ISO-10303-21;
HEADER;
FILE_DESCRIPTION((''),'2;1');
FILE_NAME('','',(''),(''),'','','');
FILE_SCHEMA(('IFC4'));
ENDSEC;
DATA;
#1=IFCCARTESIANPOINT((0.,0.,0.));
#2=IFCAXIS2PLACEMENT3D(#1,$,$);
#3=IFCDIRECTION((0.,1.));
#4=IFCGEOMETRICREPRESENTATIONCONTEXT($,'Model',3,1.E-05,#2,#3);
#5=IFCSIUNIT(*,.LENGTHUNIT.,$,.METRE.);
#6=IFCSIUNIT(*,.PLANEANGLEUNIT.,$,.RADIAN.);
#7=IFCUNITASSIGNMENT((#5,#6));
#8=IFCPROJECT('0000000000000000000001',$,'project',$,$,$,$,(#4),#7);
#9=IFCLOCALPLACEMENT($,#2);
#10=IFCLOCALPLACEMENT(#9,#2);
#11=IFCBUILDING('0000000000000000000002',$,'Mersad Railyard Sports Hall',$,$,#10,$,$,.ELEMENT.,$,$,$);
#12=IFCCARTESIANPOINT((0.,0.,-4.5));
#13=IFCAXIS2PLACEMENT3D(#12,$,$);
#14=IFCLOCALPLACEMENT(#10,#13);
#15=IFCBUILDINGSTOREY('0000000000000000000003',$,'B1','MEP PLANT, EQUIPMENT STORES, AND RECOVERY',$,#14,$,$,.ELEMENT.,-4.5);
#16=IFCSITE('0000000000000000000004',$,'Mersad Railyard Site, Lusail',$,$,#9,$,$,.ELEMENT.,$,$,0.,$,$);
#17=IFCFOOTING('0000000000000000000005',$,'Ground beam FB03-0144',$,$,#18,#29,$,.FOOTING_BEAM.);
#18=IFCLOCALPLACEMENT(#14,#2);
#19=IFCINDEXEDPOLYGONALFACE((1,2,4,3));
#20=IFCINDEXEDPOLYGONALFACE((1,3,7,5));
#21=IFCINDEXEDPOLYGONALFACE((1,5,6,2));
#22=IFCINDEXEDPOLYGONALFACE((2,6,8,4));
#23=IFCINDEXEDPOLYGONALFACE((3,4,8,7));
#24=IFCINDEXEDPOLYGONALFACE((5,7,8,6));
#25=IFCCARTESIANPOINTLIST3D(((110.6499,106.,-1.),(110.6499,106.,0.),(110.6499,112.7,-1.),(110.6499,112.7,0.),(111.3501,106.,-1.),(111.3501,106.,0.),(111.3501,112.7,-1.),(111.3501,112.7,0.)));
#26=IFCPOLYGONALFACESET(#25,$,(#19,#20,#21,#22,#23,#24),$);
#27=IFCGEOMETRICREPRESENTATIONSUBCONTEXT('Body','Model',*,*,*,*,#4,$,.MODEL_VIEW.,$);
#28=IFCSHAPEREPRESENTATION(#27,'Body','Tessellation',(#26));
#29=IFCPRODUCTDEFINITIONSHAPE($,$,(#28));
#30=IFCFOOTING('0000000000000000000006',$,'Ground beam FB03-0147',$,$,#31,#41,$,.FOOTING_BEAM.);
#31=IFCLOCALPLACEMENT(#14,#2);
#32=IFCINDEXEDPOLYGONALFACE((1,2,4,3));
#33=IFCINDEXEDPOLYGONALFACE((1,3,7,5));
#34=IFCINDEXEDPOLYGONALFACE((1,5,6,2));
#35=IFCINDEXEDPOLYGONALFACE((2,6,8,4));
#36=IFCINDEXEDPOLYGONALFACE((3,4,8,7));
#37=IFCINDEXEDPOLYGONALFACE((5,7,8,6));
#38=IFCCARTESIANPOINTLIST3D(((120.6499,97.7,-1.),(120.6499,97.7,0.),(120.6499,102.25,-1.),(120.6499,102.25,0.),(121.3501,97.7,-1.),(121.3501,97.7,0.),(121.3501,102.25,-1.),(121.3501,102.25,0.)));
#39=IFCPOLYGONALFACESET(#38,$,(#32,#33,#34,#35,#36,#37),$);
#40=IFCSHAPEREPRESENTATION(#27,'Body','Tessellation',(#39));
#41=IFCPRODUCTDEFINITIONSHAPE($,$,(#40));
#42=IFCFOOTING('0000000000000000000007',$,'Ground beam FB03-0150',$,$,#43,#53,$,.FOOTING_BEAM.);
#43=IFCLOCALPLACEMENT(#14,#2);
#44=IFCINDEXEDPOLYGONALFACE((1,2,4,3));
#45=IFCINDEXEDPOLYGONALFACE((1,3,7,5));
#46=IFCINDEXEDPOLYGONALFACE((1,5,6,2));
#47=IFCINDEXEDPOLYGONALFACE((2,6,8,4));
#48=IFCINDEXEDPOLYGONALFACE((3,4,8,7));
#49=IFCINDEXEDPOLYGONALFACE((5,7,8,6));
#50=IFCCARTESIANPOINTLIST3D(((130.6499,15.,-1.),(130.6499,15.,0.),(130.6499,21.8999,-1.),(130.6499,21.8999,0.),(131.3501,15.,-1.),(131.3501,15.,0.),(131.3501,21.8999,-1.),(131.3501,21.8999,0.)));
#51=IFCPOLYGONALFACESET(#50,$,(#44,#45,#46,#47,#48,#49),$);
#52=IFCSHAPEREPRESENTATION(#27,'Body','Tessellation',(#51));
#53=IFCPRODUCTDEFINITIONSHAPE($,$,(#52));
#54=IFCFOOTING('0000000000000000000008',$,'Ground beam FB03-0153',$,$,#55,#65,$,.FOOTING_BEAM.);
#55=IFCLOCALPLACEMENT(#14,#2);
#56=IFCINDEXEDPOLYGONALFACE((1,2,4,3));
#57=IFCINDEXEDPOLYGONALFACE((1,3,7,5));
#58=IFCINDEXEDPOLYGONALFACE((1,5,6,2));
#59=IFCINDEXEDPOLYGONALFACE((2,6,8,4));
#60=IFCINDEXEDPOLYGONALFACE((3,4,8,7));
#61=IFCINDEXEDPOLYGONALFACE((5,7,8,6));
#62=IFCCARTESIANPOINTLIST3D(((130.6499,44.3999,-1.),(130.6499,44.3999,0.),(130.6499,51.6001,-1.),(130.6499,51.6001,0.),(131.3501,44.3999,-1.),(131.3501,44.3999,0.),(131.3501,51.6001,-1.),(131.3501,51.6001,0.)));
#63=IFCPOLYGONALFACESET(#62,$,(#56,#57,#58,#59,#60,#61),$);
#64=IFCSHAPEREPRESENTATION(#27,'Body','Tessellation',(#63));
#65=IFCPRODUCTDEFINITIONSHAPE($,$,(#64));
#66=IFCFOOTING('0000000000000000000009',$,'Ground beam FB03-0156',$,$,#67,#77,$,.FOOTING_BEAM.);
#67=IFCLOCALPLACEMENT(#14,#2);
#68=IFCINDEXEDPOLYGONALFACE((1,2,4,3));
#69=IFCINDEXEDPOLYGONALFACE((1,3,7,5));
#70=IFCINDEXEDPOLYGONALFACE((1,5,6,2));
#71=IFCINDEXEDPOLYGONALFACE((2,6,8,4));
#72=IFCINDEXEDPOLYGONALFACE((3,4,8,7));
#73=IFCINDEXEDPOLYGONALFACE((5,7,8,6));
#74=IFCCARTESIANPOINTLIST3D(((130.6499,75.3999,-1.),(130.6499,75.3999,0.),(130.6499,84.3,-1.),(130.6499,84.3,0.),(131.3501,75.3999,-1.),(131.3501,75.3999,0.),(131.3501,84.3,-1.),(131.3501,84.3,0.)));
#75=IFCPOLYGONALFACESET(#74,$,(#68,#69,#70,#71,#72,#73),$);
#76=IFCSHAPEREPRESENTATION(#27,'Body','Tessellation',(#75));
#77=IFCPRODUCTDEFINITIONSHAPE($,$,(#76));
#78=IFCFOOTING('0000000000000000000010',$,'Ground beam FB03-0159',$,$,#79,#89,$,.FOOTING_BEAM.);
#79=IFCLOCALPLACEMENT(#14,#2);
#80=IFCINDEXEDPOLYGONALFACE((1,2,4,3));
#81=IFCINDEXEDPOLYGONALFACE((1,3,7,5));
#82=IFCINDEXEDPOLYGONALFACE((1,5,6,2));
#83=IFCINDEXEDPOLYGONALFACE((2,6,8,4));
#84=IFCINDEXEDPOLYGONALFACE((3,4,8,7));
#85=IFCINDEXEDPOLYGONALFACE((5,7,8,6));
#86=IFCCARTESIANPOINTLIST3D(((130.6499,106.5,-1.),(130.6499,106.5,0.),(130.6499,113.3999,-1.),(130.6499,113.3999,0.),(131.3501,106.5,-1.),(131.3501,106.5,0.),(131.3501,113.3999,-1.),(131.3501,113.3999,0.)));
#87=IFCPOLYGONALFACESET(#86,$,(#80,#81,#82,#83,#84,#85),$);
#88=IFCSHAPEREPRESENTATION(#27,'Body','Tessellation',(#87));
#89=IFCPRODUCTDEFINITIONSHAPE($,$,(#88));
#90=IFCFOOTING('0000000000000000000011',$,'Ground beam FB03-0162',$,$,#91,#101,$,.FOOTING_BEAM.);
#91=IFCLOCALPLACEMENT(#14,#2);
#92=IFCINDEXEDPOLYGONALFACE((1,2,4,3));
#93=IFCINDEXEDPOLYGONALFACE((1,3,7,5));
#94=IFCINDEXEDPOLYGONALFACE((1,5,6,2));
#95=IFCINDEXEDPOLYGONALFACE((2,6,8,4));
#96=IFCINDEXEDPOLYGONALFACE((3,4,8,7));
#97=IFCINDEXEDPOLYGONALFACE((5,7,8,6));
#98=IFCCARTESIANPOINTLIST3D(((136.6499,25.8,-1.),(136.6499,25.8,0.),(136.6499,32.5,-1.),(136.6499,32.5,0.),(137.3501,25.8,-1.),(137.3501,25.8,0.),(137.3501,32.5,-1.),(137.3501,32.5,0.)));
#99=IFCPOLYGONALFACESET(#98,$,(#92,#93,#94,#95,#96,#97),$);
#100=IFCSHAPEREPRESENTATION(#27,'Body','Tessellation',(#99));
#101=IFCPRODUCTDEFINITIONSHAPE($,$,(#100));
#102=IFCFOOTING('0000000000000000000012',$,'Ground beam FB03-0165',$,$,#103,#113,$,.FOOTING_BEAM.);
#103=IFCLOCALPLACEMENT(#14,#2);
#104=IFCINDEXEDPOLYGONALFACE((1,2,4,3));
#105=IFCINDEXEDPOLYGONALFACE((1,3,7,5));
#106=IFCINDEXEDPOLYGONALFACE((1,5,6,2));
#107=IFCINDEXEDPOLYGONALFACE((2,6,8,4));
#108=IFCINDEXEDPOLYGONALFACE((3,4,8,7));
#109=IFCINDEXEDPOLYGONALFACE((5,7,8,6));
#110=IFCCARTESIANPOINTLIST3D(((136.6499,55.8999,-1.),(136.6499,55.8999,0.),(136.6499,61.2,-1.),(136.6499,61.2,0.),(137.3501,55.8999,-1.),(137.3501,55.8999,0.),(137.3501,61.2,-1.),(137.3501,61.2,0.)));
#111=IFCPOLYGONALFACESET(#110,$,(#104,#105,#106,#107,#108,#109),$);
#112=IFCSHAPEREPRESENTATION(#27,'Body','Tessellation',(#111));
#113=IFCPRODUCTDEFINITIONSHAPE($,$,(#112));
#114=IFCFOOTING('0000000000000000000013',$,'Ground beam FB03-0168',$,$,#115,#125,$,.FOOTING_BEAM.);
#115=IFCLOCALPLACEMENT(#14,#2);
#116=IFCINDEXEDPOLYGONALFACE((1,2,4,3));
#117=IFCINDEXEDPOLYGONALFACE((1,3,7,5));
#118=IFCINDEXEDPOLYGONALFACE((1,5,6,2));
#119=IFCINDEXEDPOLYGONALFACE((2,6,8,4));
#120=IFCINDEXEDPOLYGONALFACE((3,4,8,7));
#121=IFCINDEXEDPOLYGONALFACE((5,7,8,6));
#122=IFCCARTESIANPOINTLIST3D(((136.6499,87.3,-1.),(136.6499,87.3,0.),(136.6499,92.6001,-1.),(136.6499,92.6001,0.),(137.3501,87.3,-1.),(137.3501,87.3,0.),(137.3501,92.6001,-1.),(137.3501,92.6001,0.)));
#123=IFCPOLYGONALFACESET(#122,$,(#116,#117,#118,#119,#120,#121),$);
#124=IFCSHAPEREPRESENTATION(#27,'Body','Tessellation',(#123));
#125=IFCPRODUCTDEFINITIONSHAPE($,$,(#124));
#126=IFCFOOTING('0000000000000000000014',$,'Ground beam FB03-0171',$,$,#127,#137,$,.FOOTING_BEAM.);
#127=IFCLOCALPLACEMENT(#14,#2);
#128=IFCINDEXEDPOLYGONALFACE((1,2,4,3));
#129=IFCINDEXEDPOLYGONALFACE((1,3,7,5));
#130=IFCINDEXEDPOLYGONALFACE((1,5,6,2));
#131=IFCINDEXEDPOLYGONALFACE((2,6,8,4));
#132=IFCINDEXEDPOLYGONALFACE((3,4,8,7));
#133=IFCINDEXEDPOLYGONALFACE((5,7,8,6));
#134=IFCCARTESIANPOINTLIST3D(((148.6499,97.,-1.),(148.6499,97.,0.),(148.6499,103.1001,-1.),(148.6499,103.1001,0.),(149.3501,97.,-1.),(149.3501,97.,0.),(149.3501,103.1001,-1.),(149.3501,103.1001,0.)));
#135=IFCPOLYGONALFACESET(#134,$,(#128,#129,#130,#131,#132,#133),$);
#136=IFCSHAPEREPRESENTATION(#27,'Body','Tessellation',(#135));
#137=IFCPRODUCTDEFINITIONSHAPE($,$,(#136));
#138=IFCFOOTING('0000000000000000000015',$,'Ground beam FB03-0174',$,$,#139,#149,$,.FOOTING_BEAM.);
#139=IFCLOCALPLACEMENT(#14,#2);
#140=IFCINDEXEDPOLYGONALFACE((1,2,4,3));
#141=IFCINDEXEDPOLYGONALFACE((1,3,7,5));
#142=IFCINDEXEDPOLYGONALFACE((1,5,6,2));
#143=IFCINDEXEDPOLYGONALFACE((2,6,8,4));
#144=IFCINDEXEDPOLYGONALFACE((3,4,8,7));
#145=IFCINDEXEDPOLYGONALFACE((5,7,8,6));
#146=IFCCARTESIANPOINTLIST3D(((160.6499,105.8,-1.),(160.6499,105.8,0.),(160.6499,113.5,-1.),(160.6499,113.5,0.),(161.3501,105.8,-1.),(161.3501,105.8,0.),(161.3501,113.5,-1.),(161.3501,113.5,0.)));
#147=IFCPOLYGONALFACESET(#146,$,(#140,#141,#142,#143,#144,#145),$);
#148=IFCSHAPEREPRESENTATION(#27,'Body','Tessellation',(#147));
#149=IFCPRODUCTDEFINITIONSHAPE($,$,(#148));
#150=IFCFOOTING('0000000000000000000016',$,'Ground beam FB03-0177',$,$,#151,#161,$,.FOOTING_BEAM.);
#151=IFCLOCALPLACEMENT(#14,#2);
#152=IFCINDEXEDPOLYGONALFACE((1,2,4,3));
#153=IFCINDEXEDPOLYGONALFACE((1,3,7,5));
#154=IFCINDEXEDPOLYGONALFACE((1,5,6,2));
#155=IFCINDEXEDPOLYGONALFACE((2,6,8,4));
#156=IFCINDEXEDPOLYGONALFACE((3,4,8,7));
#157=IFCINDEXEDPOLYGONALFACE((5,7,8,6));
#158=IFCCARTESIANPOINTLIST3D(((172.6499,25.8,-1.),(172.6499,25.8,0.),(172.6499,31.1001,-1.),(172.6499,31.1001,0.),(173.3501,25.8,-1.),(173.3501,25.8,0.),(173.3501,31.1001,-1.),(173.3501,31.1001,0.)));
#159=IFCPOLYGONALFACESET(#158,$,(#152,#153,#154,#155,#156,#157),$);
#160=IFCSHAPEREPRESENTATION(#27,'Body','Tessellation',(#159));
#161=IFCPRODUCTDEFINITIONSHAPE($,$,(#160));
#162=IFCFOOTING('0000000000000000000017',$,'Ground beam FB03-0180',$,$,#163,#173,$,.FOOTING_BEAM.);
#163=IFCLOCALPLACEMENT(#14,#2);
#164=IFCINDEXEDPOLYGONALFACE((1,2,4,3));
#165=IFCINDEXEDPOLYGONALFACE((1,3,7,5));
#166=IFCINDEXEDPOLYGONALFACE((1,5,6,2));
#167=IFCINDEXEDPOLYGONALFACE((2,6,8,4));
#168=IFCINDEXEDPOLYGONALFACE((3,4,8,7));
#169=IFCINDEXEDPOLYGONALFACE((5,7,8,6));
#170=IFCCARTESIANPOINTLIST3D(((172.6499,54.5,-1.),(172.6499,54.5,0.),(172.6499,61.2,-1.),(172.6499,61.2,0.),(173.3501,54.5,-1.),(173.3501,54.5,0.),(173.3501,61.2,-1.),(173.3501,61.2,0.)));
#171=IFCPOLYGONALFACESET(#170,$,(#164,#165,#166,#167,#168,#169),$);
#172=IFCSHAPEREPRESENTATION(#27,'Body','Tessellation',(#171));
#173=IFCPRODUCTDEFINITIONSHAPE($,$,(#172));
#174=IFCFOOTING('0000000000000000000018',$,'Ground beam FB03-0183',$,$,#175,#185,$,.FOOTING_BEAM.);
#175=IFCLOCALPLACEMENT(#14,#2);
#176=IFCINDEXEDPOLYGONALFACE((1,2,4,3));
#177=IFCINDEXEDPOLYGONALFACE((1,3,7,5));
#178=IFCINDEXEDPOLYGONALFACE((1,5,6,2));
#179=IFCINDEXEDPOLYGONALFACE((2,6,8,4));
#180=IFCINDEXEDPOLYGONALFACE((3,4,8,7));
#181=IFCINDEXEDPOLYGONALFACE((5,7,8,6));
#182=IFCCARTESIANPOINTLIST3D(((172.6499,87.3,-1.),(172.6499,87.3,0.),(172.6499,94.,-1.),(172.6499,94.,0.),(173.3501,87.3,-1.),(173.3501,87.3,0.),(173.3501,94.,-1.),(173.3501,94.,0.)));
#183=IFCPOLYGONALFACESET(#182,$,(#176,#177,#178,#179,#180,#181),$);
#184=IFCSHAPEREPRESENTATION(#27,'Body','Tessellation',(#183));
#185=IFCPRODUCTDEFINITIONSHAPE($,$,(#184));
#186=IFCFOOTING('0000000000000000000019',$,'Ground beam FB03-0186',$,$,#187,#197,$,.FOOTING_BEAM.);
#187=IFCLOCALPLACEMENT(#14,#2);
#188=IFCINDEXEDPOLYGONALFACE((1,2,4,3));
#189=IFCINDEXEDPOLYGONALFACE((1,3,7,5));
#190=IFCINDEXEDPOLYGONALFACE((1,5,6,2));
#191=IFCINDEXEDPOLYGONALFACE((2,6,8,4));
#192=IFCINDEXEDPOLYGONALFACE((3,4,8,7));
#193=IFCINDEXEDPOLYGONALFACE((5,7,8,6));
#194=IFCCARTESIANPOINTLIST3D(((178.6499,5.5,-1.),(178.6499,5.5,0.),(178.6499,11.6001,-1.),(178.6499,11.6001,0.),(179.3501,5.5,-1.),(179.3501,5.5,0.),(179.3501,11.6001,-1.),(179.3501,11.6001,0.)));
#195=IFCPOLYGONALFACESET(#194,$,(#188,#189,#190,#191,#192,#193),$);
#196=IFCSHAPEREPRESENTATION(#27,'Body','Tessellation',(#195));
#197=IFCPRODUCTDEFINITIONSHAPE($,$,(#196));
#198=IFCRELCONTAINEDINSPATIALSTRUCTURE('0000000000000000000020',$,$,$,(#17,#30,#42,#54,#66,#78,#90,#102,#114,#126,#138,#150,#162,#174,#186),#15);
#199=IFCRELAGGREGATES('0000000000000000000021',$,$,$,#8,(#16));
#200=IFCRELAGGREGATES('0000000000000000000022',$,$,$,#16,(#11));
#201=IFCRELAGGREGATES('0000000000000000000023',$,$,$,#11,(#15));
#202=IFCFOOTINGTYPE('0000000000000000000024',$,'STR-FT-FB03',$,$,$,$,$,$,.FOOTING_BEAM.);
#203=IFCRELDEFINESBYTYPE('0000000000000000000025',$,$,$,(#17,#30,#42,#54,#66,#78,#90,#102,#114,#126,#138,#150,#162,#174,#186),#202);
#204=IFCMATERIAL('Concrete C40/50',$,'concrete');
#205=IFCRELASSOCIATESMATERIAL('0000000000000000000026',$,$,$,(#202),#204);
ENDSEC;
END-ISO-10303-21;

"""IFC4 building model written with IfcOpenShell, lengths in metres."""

from ifc_helpers import new_model, si_unit, direction, frame, origin, place, context, subcontext, project, spatial, polyline, outline, extrude, material, type_object, element, save


model = new_model("IFC4")

# Units and contexts
model_context = context("Model", 3, precision=1e-05, world=origin(), true_north=direction((0.0, 1.0)))
body_context = subcontext(model_context, "Body", "Model", "MODEL_VIEW")
ifc_project = project(units=[si_unit("LENGTHUNIT", "METRE"), si_unit("PLANEANGLEUNIT", "RADIAN")], contexts=[model_context])

# Site, building, storey
site_placement = place(None, origin())
site = spatial("IfcSite", under=ifc_project, at=site_placement, Name="Mersad Railyard Site, Lusail", CompositionType="ELEMENT", RefElevation=0.0)
building_placement = place(site_placement, origin())
building = spatial("IfcBuilding", under=site, at=building_placement, Name="Mersad Railyard Sports Hall", CompositionType="ELEMENT")
storey_placement = place(building_placement, frame((0.0, 0.0, -4.5)))
storey = spatial("IfcBuildingStorey", under=building, at=storey_placement, Name="B1", Description="MEP PLANT, EQUIPMENT STORES, AND RECOVERY", CompositionType="ELEMENT", Elevation=-4.5)

# Footings
ifc_material = material(Name="Concrete C40/50", Category="concrete")
footing_type_1 = type_object("IfcFootingType", Name="STR-FT-FB03", PredefinedType="FOOTING_BEAM", material=ifc_material)
footing_1_placement = place(storey_placement, frame((0.0, 0.0, -1.0)))
element("IfcFooting", 1, at=footing_1_placement, inside=storey, type_object=footing_type_1, Name="Ground beam FB03-0144", PredefinedType="FOOTING_BEAM", context=body_context, shape_type="SweptSolid", body=[
    extrude(outline(polyline([(110.6499, 106.0), (111.3501, 106.0), (111.3501, 112.7), (110.6499, 112.7), (110.6499, 106.0)])), origin(), (0.0, 0.0, 1.0), 1.0),
])
footing_2_placement = place(storey_placement, frame((0.0, 0.0, -1.0)))
element("IfcFooting", 2, at=footing_2_placement, inside=storey, type_object=footing_type_1, Name="Ground beam FB03-0147", PredefinedType="FOOTING_BEAM", context=body_context, shape_type="SweptSolid", body=[
    extrude(outline(polyline([(120.6499, 97.7), (121.3501, 97.7), (121.3501, 102.25), (120.6499, 102.25), (120.6499, 97.7)])), origin(), (0.0, 0.0, 1.0), 1.0),
])
footing_3_placement = place(storey_placement, frame((0.0, 0.0, -1.0)))
element("IfcFooting", 3, at=footing_3_placement, inside=storey, type_object=footing_type_1, Name="Ground beam FB03-0150", PredefinedType="FOOTING_BEAM", context=body_context, shape_type="SweptSolid", body=[
    extrude(outline(polyline([(130.6499, 15.0), (131.3501, 15.0), (131.3501, 21.8999), (130.6499, 21.8999), (130.6499, 15.0)])), origin(), (0.0, 0.0, 1.0), 1.0),
])
footing_4_placement = place(storey_placement, frame((0.0, 0.0, -1.0)))
element("IfcFooting", 4, at=footing_4_placement, inside=storey, type_object=footing_type_1, Name="Ground beam FB03-0153", PredefinedType="FOOTING_BEAM", context=body_context, shape_type="SweptSolid", body=[
    extrude(outline(polyline([(130.6499, 44.3999), (131.3501, 44.3999), (131.3501, 51.6001), (130.6499, 51.6001), (130.6499, 44.3999)])), origin(), (0.0, 0.0, 1.0), 1.0),
])
footing_5_placement = place(storey_placement, frame((0.0, 0.0, -1.0)))
element("IfcFooting", 5, at=footing_5_placement, inside=storey, type_object=footing_type_1, Name="Ground beam FB03-0156", PredefinedType="FOOTING_BEAM", context=body_context, shape_type="SweptSolid", body=[
    extrude(outline(polyline([(130.6499, 75.3999), (131.3501, 75.3999), (131.3501, 84.3), (130.6499, 84.3), (130.6499, 75.3999)])), origin(), (0.0, 0.0, 1.0), 1.0),
])
footing_6_placement = place(storey_placement, frame((0.0, 0.0, -1.0)))
element("IfcFooting", 6, at=footing_6_placement, inside=storey, type_object=footing_type_1, Name="Ground beam FB03-0159", PredefinedType="FOOTING_BEAM", context=body_context, shape_type="SweptSolid", body=[
    extrude(outline(polyline([(130.6499, 106.5), (131.3501, 106.5), (131.3501, 113.3999), (130.6499, 113.3999), (130.6499, 106.5)])), origin(), (0.0, 0.0, 1.0), 1.0),
])
footing_7_placement = place(storey_placement, frame((0.0, 0.0, -1.0)))
element("IfcFooting", 7, at=footing_7_placement, inside=storey, type_object=footing_type_1, Name="Ground beam FB03-0162", PredefinedType="FOOTING_BEAM", context=body_context, shape_type="SweptSolid", body=[
    extrude(outline(polyline([(136.6499, 25.8), (137.3501, 25.8), (137.3501, 32.5), (136.6499, 32.5), (136.6499, 25.8)])), origin(), (0.0, 0.0, 1.0), 1.0),
])
footing_8_placement = place(storey_placement, frame((0.0, 0.0, -1.0)))
element("IfcFooting", 8, at=footing_8_placement, inside=storey, type_object=footing_type_1, Name="Ground beam FB03-0165", PredefinedType="FOOTING_BEAM", context=body_context, shape_type="SweptSolid", body=[
    extrude(outline(polyline([(136.6499, 55.8999), (137.3501, 55.8999), (137.3501, 61.2), (136.6499, 61.2), (136.6499, 55.8999)])), origin(), (0.0, 0.0, 1.0), 1.0),
])
footing_9_placement = place(storey_placement, frame((0.0, 0.0, -1.0)))
element("IfcFooting", 9, at=footing_9_placement, inside=storey, type_object=footing_type_1, Name="Ground beam FB03-0168", PredefinedType="FOOTING_BEAM", context=body_context, shape_type="SweptSolid", body=[
    extrude(outline(polyline([(136.6499, 87.3), (137.3501, 87.3), (137.3501, 92.6001), (136.6499, 92.6001), (136.6499, 87.3)])), origin(), (0.0, 0.0, 1.0), 1.0),
])
footing_10_placement = place(storey_placement, frame((0.0, 0.0, -1.0)))
element("IfcFooting", 10, at=footing_10_placement, inside=storey, type_object=footing_type_1, Name="Ground beam FB03-0171", PredefinedType="FOOTING_BEAM", context=body_context, shape_type="SweptSolid", body=[
    extrude(outline(polyline([(148.6499, 97.0), (149.3501, 97.0), (149.3501, 103.1001), (148.6499, 103.1001), (148.6499, 97.0)])), origin(), (0.0, 0.0, 1.0), 1.0),
])
footing_11_placement = place(storey_placement, frame((0.0, 0.0, -1.0)))
element("IfcFooting", 11, at=footing_11_placement, inside=storey, type_object=footing_type_1, Name="Ground beam FB03-0174", PredefinedType="FOOTING_BEAM", context=body_context, shape_type="SweptSolid", body=[
    extrude(outline(polyline([(160.6499, 105.8), (161.3501, 105.8), (161.3501, 113.5), (160.6499, 113.5), (160.6499, 105.8)])), origin(), (0.0, 0.0, 1.0), 1.0),
])
footing_12_placement = place(storey_placement, frame((0.0, 0.0, -1.0)))
element("IfcFooting", 12, at=footing_12_placement, inside=storey, type_object=footing_type_1, Name="Ground beam FB03-0177", PredefinedType="FOOTING_BEAM", context=body_context, shape_type="SweptSolid", body=[
    extrude(outline(polyline([(172.6499, 25.8), (173.3501, 25.8), (173.3501, 31.1001), (172.6499, 31.1001), (172.6499, 25.8)])), origin(), (0.0, 0.0, 1.0), 1.0),
])
footing_13_placement = place(storey_placement, frame((0.0, 0.0, -1.0)))
element("IfcFooting", 13, at=footing_13_placement, inside=storey, type_object=footing_type_1, Name="Ground beam FB03-0180", PredefinedType="FOOTING_BEAM", context=body_context, shape_type="SweptSolid", body=[
    extrude(outline(polyline([(172.6499, 54.5), (173.3501, 54.5), (173.3501, 61.2), (172.6499, 61.2), (172.6499, 54.5)])), origin(), (0.0, 0.0, 1.0), 1.0),
])
footing_14_placement = place(storey_placement, frame((0.0, 0.0, -1.0)))
element("IfcFooting", 14, at=footing_14_placement, inside=storey, type_object=footing_type_1, Name="Ground beam FB03-0183", PredefinedType="FOOTING_BEAM", context=body_context, shape_type="SweptSolid", body=[
    extrude(outline(polyline([(172.6499, 87.3), (173.3501, 87.3), (173.3501, 94.0), (172.6499, 94.0), (172.6499, 87.3)])), origin(), (0.0, 0.0, 1.0), 1.0),
])
footing_15_placement = place(storey_placement, frame((0.0, 0.0, -1.0)))
element("IfcFooting", 15, at=footing_15_placement, inside=storey, type_object=footing_type_1, Name="Ground beam FB03-0186", PredefinedType="FOOTING_BEAM", context=body_context, shape_type="SweptSolid", body=[
    extrude(outline(polyline([(178.6499, 5.5), (179.3501, 5.5), (179.3501, 11.6001), (178.6499, 11.6001), (178.6499, 5.5)])), origin(), (0.0, 0.0, 1.0), 1.0),
])

save(model, "model.ifc")
